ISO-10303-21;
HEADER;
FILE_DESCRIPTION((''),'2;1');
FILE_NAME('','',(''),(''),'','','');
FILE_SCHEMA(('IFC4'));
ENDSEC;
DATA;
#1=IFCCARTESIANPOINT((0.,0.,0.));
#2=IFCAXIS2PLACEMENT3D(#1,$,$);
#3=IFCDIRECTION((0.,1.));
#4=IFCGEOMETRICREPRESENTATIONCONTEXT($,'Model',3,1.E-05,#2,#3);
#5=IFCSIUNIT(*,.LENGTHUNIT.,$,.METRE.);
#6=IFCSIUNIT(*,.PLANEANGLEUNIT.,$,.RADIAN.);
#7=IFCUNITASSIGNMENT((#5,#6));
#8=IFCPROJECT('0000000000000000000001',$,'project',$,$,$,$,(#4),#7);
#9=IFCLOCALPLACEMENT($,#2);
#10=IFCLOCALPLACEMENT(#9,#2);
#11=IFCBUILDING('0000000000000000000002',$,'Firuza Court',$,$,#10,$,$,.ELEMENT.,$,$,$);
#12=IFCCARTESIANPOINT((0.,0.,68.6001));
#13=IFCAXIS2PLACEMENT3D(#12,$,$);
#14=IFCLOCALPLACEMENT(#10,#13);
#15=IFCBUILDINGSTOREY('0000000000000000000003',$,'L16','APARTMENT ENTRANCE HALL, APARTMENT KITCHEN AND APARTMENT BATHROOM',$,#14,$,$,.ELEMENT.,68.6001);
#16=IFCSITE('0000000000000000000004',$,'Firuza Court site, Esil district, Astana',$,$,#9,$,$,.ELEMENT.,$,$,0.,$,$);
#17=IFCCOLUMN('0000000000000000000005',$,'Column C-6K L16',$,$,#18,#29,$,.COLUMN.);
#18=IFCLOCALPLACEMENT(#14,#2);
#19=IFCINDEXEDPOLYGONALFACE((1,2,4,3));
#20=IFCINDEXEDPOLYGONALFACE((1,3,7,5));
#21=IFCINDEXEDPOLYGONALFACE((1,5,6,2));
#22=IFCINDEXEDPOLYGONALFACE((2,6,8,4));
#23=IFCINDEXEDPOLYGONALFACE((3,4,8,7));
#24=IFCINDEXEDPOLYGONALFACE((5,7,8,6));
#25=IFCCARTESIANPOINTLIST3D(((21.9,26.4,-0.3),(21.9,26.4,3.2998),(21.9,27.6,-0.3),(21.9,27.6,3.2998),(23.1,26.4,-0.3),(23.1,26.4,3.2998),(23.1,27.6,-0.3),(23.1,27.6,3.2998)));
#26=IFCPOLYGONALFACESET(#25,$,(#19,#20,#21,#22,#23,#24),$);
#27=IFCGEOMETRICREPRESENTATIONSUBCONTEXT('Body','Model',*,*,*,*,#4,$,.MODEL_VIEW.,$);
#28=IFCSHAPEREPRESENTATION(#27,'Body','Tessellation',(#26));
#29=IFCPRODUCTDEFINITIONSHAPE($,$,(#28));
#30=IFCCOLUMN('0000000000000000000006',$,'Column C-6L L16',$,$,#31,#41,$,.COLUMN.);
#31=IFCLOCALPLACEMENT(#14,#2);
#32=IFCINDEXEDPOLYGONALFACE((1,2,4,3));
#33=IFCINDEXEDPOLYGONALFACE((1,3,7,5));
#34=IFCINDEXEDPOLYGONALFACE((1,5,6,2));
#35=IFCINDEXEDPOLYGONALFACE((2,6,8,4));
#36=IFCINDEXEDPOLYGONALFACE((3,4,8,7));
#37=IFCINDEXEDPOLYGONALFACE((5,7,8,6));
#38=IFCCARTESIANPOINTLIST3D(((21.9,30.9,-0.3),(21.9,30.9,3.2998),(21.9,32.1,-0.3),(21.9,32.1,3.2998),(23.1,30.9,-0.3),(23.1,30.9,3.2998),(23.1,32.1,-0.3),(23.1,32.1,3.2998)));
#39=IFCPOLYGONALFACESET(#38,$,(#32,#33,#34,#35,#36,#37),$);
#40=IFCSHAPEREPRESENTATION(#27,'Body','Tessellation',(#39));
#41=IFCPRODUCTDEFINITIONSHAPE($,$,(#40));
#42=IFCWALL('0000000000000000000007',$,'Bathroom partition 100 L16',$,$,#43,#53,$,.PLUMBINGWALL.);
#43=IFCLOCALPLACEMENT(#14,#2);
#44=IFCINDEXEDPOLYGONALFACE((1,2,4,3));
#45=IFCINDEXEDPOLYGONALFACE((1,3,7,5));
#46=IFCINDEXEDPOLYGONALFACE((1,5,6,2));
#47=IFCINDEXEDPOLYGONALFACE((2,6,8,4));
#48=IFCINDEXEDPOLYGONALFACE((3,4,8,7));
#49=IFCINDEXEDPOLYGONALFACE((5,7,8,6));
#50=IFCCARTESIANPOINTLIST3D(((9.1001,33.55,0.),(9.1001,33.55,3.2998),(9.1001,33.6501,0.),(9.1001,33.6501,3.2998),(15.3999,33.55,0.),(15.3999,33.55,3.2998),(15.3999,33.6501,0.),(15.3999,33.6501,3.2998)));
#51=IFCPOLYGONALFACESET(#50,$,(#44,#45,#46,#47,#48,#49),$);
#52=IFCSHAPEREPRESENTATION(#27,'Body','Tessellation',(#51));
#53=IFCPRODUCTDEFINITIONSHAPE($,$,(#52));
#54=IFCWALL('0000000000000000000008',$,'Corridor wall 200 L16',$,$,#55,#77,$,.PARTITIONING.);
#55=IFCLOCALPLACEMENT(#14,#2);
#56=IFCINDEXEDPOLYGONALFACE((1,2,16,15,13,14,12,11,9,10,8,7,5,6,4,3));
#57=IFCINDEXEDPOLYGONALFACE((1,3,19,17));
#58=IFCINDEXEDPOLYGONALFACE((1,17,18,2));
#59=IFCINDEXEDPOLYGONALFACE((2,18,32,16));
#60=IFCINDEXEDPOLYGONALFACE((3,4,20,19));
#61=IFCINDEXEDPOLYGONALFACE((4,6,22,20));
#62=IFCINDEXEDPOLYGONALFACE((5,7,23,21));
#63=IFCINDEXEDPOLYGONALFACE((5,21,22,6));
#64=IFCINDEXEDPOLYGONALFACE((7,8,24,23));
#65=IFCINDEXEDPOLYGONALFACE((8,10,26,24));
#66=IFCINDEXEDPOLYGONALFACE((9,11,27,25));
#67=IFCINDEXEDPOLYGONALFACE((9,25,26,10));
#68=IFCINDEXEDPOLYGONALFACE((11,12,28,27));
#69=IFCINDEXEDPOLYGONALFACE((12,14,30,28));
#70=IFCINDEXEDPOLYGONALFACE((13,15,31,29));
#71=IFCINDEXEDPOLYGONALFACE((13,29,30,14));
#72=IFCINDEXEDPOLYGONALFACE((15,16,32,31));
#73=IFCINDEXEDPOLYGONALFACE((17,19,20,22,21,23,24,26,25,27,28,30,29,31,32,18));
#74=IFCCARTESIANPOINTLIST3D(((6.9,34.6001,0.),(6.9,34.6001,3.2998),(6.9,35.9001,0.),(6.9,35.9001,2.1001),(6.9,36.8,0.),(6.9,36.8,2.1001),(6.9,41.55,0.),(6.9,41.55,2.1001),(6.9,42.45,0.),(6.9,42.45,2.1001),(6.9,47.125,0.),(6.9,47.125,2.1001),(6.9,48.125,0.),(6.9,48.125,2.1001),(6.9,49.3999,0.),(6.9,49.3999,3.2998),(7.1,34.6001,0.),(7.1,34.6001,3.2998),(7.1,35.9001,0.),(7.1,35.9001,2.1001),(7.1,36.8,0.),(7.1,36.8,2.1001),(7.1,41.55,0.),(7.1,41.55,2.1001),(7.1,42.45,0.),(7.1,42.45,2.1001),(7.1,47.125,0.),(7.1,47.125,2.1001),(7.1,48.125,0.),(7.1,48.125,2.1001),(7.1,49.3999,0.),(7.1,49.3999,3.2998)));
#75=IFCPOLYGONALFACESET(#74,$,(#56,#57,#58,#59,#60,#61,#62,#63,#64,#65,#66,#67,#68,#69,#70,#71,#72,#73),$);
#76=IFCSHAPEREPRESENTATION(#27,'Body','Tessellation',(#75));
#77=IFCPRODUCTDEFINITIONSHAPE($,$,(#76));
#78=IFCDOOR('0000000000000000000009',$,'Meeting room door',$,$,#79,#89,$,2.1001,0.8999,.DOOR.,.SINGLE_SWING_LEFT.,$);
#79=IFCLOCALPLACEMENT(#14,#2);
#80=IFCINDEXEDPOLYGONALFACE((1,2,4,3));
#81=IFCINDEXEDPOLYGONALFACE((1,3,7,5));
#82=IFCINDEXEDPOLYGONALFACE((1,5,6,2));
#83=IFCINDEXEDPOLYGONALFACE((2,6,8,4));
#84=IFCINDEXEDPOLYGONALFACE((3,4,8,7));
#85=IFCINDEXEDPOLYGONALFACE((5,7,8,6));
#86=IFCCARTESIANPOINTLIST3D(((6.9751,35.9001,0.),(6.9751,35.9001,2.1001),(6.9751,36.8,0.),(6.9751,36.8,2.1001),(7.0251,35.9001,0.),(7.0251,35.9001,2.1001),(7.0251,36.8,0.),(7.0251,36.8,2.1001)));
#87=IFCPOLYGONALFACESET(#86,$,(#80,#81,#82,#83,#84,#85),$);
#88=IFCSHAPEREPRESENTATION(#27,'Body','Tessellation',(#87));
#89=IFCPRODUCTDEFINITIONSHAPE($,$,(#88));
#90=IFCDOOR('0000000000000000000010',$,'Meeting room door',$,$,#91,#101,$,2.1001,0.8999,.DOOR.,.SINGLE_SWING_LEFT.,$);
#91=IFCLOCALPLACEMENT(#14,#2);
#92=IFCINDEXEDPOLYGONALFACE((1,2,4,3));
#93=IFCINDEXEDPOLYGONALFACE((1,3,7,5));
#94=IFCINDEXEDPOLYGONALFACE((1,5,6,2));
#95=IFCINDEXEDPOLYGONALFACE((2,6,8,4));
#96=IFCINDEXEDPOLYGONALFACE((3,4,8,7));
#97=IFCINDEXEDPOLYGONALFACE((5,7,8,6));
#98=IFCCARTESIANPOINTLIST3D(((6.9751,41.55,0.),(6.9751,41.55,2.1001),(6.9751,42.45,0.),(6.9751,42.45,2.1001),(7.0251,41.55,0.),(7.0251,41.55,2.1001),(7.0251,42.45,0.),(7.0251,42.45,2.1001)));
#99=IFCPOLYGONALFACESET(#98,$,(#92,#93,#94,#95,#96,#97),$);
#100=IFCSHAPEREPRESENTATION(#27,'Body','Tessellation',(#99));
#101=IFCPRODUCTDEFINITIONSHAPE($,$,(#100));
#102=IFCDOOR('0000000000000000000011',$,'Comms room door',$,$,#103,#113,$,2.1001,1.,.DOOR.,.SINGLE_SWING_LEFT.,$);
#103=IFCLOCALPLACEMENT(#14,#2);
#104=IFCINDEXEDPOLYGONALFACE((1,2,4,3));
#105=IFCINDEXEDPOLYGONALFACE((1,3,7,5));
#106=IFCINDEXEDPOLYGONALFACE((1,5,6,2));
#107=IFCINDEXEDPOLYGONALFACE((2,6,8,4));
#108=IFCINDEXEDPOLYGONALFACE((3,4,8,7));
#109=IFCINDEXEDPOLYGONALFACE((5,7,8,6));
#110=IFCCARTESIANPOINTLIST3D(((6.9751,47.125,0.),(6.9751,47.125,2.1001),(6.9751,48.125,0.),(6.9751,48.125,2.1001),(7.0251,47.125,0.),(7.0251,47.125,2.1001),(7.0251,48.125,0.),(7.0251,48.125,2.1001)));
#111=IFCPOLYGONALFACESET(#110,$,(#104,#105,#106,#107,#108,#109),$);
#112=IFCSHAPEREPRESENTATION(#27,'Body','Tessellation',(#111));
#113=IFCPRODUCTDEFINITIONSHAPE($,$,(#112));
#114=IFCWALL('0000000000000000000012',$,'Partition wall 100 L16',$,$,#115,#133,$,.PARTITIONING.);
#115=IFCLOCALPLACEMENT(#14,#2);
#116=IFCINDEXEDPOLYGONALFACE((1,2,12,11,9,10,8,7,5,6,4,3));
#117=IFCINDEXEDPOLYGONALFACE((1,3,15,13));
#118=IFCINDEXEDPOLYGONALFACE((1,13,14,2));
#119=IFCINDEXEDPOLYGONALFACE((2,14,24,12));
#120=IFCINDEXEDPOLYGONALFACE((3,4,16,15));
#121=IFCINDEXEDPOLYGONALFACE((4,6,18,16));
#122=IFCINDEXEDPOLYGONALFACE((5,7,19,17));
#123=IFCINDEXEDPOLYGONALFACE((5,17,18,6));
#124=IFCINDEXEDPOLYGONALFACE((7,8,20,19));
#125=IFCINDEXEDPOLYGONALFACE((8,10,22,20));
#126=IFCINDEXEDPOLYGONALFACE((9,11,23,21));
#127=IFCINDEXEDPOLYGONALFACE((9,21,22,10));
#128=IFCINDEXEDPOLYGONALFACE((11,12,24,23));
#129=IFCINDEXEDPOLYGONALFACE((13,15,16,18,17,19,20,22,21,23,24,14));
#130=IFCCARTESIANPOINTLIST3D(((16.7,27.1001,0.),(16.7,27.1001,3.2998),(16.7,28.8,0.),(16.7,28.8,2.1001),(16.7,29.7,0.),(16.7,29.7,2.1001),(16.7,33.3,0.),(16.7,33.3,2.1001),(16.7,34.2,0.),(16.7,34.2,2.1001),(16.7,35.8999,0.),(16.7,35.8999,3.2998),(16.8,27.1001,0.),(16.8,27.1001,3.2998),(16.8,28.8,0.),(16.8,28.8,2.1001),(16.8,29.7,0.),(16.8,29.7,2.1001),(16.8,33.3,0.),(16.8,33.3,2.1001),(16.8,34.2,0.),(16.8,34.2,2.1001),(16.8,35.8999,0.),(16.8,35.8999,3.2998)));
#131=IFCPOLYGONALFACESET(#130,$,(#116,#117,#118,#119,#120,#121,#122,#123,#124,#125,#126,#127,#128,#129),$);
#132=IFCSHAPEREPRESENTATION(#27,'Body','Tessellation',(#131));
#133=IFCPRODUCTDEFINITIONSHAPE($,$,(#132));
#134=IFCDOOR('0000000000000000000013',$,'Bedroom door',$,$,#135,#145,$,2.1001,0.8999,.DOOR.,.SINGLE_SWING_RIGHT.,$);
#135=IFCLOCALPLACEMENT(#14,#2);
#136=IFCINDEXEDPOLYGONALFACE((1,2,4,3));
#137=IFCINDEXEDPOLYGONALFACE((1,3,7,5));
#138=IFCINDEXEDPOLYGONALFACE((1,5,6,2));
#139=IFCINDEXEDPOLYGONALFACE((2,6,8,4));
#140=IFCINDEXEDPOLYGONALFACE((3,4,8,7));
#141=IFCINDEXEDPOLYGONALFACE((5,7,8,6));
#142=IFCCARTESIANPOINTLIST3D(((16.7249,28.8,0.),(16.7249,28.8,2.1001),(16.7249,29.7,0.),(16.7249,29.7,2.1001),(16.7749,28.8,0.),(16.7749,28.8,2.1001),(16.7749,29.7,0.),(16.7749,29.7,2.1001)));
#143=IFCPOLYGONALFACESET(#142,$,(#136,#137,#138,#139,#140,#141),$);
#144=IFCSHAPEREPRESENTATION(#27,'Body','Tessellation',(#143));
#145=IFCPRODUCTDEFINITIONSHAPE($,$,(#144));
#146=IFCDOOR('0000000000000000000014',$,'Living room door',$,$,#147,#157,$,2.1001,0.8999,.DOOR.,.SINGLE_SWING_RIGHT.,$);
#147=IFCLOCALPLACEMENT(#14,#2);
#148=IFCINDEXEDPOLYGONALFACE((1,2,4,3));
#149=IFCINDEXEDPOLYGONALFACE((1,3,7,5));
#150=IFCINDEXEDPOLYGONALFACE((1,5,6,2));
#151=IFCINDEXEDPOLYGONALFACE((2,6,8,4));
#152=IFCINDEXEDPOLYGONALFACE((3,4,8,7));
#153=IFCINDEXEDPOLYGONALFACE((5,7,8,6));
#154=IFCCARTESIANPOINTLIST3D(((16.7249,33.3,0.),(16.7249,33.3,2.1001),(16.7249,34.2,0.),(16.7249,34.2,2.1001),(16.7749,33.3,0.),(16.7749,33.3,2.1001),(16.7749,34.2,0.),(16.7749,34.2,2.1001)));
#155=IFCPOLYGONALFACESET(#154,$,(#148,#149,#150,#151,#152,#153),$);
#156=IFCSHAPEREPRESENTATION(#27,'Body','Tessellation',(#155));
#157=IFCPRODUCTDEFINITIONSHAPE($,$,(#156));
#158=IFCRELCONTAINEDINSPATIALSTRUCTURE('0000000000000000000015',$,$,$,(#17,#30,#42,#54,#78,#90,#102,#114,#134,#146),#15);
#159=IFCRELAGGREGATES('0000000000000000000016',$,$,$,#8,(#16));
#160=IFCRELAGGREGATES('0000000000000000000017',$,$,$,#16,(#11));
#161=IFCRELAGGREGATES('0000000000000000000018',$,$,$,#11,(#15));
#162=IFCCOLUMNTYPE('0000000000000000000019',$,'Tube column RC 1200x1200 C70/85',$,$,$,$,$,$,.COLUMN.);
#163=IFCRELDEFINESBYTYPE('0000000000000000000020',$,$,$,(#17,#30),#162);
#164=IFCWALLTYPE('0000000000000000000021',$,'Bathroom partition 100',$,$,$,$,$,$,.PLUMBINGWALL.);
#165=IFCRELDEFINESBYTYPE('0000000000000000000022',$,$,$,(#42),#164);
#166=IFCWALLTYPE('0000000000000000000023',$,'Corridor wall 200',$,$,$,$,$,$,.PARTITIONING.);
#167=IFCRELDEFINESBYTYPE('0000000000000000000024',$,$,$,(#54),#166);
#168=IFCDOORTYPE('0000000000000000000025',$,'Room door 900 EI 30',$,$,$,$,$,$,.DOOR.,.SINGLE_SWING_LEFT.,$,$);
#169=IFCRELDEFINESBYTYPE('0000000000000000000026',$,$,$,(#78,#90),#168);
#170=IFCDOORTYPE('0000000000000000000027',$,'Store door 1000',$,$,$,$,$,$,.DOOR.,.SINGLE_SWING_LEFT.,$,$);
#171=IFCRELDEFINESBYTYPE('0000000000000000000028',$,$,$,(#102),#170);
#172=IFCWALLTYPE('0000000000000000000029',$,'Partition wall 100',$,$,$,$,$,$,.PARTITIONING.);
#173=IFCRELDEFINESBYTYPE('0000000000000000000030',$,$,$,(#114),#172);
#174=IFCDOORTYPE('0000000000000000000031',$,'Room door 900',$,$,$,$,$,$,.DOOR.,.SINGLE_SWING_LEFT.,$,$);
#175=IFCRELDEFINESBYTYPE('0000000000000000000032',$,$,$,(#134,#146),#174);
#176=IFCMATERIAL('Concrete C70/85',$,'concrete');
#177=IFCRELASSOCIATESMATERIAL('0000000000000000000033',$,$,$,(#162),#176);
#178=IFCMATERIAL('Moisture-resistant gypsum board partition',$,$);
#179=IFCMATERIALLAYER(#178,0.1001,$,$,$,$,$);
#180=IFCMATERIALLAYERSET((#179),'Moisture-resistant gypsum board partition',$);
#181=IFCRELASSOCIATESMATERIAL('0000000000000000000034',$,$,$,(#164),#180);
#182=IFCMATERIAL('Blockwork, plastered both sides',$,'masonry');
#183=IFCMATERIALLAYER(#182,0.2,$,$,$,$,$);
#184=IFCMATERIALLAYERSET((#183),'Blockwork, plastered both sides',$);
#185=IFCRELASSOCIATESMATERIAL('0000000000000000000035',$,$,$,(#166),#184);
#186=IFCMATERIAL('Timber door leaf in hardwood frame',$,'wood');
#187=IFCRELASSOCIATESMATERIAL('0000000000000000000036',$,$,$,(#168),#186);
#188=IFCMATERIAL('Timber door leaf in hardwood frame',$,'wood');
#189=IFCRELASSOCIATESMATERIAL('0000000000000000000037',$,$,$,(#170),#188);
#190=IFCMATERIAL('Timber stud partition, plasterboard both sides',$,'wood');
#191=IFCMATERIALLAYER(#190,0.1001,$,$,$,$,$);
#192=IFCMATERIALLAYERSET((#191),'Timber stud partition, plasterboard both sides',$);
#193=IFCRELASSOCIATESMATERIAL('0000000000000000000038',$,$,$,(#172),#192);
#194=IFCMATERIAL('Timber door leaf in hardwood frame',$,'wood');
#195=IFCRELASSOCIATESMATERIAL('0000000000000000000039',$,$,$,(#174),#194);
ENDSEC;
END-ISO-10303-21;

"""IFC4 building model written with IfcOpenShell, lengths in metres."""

from ifc_helpers import new_model, si_unit, direction, frame, frame_2d, origin, origin_2d, place, context, subcontext, project, spatial, rectangle, extrude, material, layer, layer_set, material_profile, profile_set, type_object, element, fill, save


model = new_model("IFC4")

# Units and contexts
model_context = context("Model", 3, precision=1e-05, world=origin(), true_north=direction((0.0, 1.0)))
body_context = subcontext(model_context, "Body", "Model", "MODEL_VIEW")
ifc_project = project(units=[si_unit("LENGTHUNIT", "METRE"), si_unit("PLANEANGLEUNIT", "RADIAN")], contexts=[model_context])

# Site, building, storey
site_placement = place(None, origin())
site = spatial("IfcSite", under=ifc_project, at=site_placement, Name="Firuza Court site, Esil district, Astana", CompositionType="ELEMENT", RefElevation=0.0)
building_placement = place(site_placement, origin())
building = spatial("IfcBuilding", under=site, at=building_placement, Name="Firuza Court", CompositionType="ELEMENT")
storey_placement = place(building_placement, frame((0.0, 0.0, 68.6001)))
storey = spatial("IfcBuildingStorey", under=building, at=storey_placement, Name="L16", Description="APARTMENT ENTRANCE HALL, APARTMENT KITCHEN AND APARTMENT BATHROOM", CompositionType="ELEMENT", Elevation=68.6001)

# Columns
ifc_material_1 = material(Name="Concrete C70/85", Category="concrete")
ifc_material_profile = material_profile(ifc_material_1, rectangle(XDim=1.2, YDim=1.2, at=origin_2d()), Name="RC 1200x1200")
ifc_profile_set = profile_set([ifc_material_profile], Name="Concrete C70/85")
column_type = type_object("IfcColumnType", Name="Tube column RC 1200x1200 C70/85", PredefinedType="COLUMN", material=ifc_profile_set)
for number, where, z_axis, x_axis, name in (
    (1, (22.5, 27.0, -0.3), (0.0, 0.0, 1.0), (1.0, 0.0, 0.0), "Column C-6K L16"),
    (2, (22.5, 31.5, -0.3), (0.0, 0.0, 1.0), (1.0, 0.0, 0.0), "Column C-6L L16"),
):
    element("IfcColumn", number, at=place(storey_placement, frame(where, z_axis=z_axis, x_axis=x_axis)), inside=storey, type_object=column_type, Name=name, PredefinedType="COLUMN", context=body_context, shape_type="SweptSolid", body=[
        extrude(rectangle(XDim=1.2, YDim=1.2, at=origin_2d()), origin(), (0.0, 0.0, 1.0), 3.5999),
    ])

# Wall
ifc_material_2 = material(Name="Moisture-resistant gypsum board partition")
ifc_layer_1 = layer(ifc_material_2, 0.1001)
ifc_layer_set_1 = layer_set([ifc_layer_1], Name="Moisture-resistant gypsum board partition")
wall_type_1 = type_object("IfcWallType", Name="Bathroom partition 100", PredefinedType="PLUMBINGWALL", material=ifc_layer_set_1)
wall_1_placement = place(storey_placement, frame((9.1001, 33.6001, 0.0), z_axis=(0.0, 0.0, 1.0), x_axis=(1.0, 0.0, 0.0)))
element("IfcWall", 3, at=wall_1_placement, inside=storey, type_object=wall_type_1, Name="Bathroom partition 100 L16", PredefinedType="PLUMBINGWALL", context=body_context, shape_type="SweptSolid", body=[
    extrude(rectangle(XDim=6.2998, YDim=0.1001, at=frame_2d((3.1499, 0.0))), origin(), (0.0, 0.0, 1.0), 3.2998),
])

# Walls, openings, doors
ifc_material_3 = material(Name="Blockwork, plastered both sides", Category="masonry")
ifc_layer_2 = layer(ifc_material_3, 0.2)
ifc_layer_set_2 = layer_set([ifc_layer_2], Name="Blockwork, plastered both sides")
wall_type_2 = type_object("IfcWallType", Name="Corridor wall 200", PredefinedType="PARTITIONING", material=ifc_layer_set_2)
wall_2_placement = place(storey_placement, frame((7.0, 34.6001, 0.0), z_axis=(0.0, 0.0, 1.0), x_axis=(0.0, 1.0, 0.0)))
wall_2 = element("IfcWall", 4, at=wall_2_placement, inside=storey, type_object=wall_type_2, Name="Corridor wall 200 L16", PredefinedType="PARTITIONING", context=body_context, shape_type="SweptSolid", body=[
    extrude(rectangle(XDim=14.7998, YDim=0.2, at=frame_2d((7.3999, 0.0))), origin(), (0.0, 0.0, 1.0), 3.2998),
])
opening_1_placement = place(wall_2_placement, frame((1.3, 0.0, 0.0)))
opening_1 = element("IfcOpeningElement", 5, at=opening_1_placement, cuts=wall_2, PredefinedType="OPENING", context=body_context, shape_type="SweptSolid", body=[
    extrude(rectangle(XDim=0.8999, YDim=2.1001, at=frame_2d((0.45, 1.05))), frame((0.0, 0.1118, 0.0), z_axis=(0.0, -1.0, 0.0), x_axis=(1.0, 0.0, 0.0)), (0.0, 0.0, 1.0), 0.2239),
])
opening_2_placement = place(wall_2_placement, frame((6.95, 0.0, 0.0)))
opening_2 = element("IfcOpeningElement", 6, at=opening_2_placement, cuts=wall_2, PredefinedType="OPENING", context=body_context, shape_type="SweptSolid", body=[
    extrude(rectangle(XDim=0.8999, YDim=2.1001, at=frame_2d((0.45, 1.05))), frame((0.0, 0.1118, 0.0), z_axis=(0.0, -1.0, 0.0), x_axis=(1.0, 0.0, 0.0)), (0.0, 0.0, 1.0), 0.2239),
])
opening_3_placement = place(wall_2_placement, frame((12.5249, 0.0, 0.0)))
opening_3 = element("IfcOpeningElement", 7, at=opening_3_placement, cuts=wall_2, PredefinedType="OPENING", context=body_context, shape_type="SweptSolid", body=[
    extrude(rectangle(XDim=1.0, YDim=2.1001, at=frame_2d((0.5, 1.05))), frame((0.0, 0.1118, 0.0), z_axis=(0.0, -1.0, 0.0), x_axis=(1.0, 0.0, 0.0)), (0.0, 0.0, 1.0), 0.2239),
])
ifc_material_4 = material(Name="Timber door leaf in hardwood frame", Category="wood")
door_type_1 = type_object("IfcDoorType", Name="Room door 900 EI 30", OperationType="SINGLE_SWING_LEFT", PredefinedType="DOOR", material=ifc_material_4)
door_1_placement = place(opening_1_placement, origin())
door_1 = element("IfcDoor", 8, at=door_1_placement, inside=storey, type_object=door_type_1, Name="Meeting room door", OperationType="SINGLE_SWING_LEFT", OverallHeight=2.1001, OverallWidth=0.8999, PredefinedType="DOOR", context=body_context, shape_type="SweptSolid", body=[
    extrude(rectangle(XDim=0.8999, YDim=2.1001, at=frame_2d((0.45, 1.05))), frame((0.0, 0.0249, 0.0), z_axis=(0.0, -1.0, 0.0), x_axis=(1.0, 0.0, 0.0)), (0.0, 0.0, 1.0), 0.05),
])
fill(opening_1, door_1)
door_2_placement = place(opening_2_placement, origin())
door_2 = element("IfcDoor", 9, at=door_2_placement, inside=storey, type_object=door_type_1, Name="Meeting room door", OperationType="SINGLE_SWING_LEFT", OverallHeight=2.1001, OverallWidth=0.8999, PredefinedType="DOOR", context=body_context, shape_type="SweptSolid", body=[
    extrude(rectangle(XDim=0.8999, YDim=2.1001, at=frame_2d((0.45, 1.05))), frame((0.0, 0.0249, 0.0), z_axis=(0.0, -1.0, 0.0), x_axis=(1.0, 0.0, 0.0)), (0.0, 0.0, 1.0), 0.05),
])
fill(opening_2, door_2)
ifc_material_5 = material(Name="Timber door leaf in hardwood frame", Category="wood")
door_type_2 = type_object("IfcDoorType", Name="Store door 1000", OperationType="SINGLE_SWING_LEFT", PredefinedType="DOOR", material=ifc_material_5)
door_3_placement = place(opening_3_placement, origin())
door_3 = element("IfcDoor", 10, at=door_3_placement, inside=storey, type_object=door_type_2, Name="Comms room door", OperationType="SINGLE_SWING_LEFT", OverallHeight=2.1001, OverallWidth=1.0, PredefinedType="DOOR", context=body_context, shape_type="SweptSolid", body=[
    extrude(rectangle(XDim=1.0, YDim=2.1001, at=frame_2d((0.5, 1.05))), frame((0.0, 0.0249, 0.0), z_axis=(0.0, -1.0, 0.0), x_axis=(1.0, 0.0, 0.0)), (0.0, 0.0, 1.0), 0.05),
])
fill(opening_3, door_3)
ifc_material_6 = material(Name="Timber stud partition, plasterboard both sides", Category="wood")
ifc_layer_3 = layer(ifc_material_6, 0.1001)
ifc_layer_set_3 = layer_set([ifc_layer_3], Name="Timber stud partition, plasterboard both sides")
wall_type_3 = type_object("IfcWallType", Name="Partition wall 100", PredefinedType="PARTITIONING", material=ifc_layer_set_3)
wall_3_placement = place(storey_placement, frame((16.75, 27.1001, 0.0), z_axis=(0.0, 0.0, 1.0), x_axis=(0.0, 1.0, 0.0)))
wall_3 = element("IfcWall", 11, at=wall_3_placement, inside=storey, type_object=wall_type_3, Name="Partition wall 100 L16", PredefinedType="PARTITIONING", context=body_context, shape_type="SweptSolid", body=[
    extrude(rectangle(XDim=8.7998, YDim=0.1001, at=frame_2d((4.3999, 0.0))), origin(), (0.0, 0.0, 1.0), 3.2998),
])
opening_4_placement = place(wall_3_placement, frame((1.7, 0.0, 0.0)))
opening_4 = element("IfcOpeningElement", 12, at=opening_4_placement, cuts=wall_3, PredefinedType="OPENING", context=body_context, shape_type="SweptSolid", body=[
    extrude(rectangle(XDim=0.8999, YDim=2.1001, at=frame_2d((0.45, 1.05))), frame((0.0, 0.062, 0.0), z_axis=(0.0, -1.0, 0.0), x_axis=(1.0, 0.0, 0.0)), (0.0, 0.0, 1.0), 0.124),
])
opening_5_placement = place(wall_3_placement, frame((6.2, 0.0, 0.0)))
opening_5 = element("IfcOpeningElement", 13, at=opening_5_placement, cuts=wall_3, PredefinedType="OPENING", context=body_context, shape_type="SweptSolid", body=[
    extrude(rectangle(XDim=0.8999, YDim=2.1001, at=frame_2d((0.45, 1.05))), frame((0.0, 0.062, 0.0), z_axis=(0.0, -1.0, 0.0), x_axis=(1.0, 0.0, 0.0)), (0.0, 0.0, 1.0), 0.124),
])
ifc_material_7 = material(Name="Timber door leaf in hardwood frame", Category="wood")
door_type_3 = type_object("IfcDoorType", Name="Room door 900", OperationType="SINGLE_SWING_LEFT", PredefinedType="DOOR", material=ifc_material_7)
door_4_placement = place(opening_4_placement, frame((0.8999, 0.0, 0.0), z_axis=(0.0, 0.0, 1.0), x_axis=(-1.0, 0.0, 0.0)))
door_4 = element("IfcDoor", 14, at=door_4_placement, inside=storey, type_object=door_type_3, Name="Bedroom door", OperationType="SINGLE_SWING_RIGHT", OverallHeight=2.1001, OverallWidth=0.8999, PredefinedType="DOOR", context=body_context, shape_type="SweptSolid", body=[
    extrude(rectangle(XDim=0.8999, YDim=2.1001, at=frame_2d((0.45, 1.05))), frame((0.0, 0.0249, 0.0), z_axis=(0.0, -1.0, 0.0), x_axis=(1.0, 0.0, 0.0)), (0.0, 0.0, 1.0), 0.05),
])
fill(opening_4, door_4)
door_5_placement = place(opening_5_placement, frame((0.8999, 0.0, 0.0), z_axis=(0.0, 0.0, 1.0), x_axis=(-1.0, 0.0, 0.0)))
door_5 = element("IfcDoor", 15, at=door_5_placement, inside=storey, type_object=door_type_3, Name="Living room door", OperationType="SINGLE_SWING_RIGHT", OverallHeight=2.1001, OverallWidth=0.8999, PredefinedType="DOOR", context=body_context, shape_type="SweptSolid", body=[
    extrude(rectangle(XDim=0.8999, YDim=2.1001, at=frame_2d((0.45, 1.05))), frame((0.0, 0.0249, 0.0), z_axis=(0.0, -1.0, 0.0), x_axis=(1.0, 0.0, 0.0)), (0.0, 0.0, 1.0), 0.05),
])
fill(opening_5, door_5)

save(model, "model.ifc")
